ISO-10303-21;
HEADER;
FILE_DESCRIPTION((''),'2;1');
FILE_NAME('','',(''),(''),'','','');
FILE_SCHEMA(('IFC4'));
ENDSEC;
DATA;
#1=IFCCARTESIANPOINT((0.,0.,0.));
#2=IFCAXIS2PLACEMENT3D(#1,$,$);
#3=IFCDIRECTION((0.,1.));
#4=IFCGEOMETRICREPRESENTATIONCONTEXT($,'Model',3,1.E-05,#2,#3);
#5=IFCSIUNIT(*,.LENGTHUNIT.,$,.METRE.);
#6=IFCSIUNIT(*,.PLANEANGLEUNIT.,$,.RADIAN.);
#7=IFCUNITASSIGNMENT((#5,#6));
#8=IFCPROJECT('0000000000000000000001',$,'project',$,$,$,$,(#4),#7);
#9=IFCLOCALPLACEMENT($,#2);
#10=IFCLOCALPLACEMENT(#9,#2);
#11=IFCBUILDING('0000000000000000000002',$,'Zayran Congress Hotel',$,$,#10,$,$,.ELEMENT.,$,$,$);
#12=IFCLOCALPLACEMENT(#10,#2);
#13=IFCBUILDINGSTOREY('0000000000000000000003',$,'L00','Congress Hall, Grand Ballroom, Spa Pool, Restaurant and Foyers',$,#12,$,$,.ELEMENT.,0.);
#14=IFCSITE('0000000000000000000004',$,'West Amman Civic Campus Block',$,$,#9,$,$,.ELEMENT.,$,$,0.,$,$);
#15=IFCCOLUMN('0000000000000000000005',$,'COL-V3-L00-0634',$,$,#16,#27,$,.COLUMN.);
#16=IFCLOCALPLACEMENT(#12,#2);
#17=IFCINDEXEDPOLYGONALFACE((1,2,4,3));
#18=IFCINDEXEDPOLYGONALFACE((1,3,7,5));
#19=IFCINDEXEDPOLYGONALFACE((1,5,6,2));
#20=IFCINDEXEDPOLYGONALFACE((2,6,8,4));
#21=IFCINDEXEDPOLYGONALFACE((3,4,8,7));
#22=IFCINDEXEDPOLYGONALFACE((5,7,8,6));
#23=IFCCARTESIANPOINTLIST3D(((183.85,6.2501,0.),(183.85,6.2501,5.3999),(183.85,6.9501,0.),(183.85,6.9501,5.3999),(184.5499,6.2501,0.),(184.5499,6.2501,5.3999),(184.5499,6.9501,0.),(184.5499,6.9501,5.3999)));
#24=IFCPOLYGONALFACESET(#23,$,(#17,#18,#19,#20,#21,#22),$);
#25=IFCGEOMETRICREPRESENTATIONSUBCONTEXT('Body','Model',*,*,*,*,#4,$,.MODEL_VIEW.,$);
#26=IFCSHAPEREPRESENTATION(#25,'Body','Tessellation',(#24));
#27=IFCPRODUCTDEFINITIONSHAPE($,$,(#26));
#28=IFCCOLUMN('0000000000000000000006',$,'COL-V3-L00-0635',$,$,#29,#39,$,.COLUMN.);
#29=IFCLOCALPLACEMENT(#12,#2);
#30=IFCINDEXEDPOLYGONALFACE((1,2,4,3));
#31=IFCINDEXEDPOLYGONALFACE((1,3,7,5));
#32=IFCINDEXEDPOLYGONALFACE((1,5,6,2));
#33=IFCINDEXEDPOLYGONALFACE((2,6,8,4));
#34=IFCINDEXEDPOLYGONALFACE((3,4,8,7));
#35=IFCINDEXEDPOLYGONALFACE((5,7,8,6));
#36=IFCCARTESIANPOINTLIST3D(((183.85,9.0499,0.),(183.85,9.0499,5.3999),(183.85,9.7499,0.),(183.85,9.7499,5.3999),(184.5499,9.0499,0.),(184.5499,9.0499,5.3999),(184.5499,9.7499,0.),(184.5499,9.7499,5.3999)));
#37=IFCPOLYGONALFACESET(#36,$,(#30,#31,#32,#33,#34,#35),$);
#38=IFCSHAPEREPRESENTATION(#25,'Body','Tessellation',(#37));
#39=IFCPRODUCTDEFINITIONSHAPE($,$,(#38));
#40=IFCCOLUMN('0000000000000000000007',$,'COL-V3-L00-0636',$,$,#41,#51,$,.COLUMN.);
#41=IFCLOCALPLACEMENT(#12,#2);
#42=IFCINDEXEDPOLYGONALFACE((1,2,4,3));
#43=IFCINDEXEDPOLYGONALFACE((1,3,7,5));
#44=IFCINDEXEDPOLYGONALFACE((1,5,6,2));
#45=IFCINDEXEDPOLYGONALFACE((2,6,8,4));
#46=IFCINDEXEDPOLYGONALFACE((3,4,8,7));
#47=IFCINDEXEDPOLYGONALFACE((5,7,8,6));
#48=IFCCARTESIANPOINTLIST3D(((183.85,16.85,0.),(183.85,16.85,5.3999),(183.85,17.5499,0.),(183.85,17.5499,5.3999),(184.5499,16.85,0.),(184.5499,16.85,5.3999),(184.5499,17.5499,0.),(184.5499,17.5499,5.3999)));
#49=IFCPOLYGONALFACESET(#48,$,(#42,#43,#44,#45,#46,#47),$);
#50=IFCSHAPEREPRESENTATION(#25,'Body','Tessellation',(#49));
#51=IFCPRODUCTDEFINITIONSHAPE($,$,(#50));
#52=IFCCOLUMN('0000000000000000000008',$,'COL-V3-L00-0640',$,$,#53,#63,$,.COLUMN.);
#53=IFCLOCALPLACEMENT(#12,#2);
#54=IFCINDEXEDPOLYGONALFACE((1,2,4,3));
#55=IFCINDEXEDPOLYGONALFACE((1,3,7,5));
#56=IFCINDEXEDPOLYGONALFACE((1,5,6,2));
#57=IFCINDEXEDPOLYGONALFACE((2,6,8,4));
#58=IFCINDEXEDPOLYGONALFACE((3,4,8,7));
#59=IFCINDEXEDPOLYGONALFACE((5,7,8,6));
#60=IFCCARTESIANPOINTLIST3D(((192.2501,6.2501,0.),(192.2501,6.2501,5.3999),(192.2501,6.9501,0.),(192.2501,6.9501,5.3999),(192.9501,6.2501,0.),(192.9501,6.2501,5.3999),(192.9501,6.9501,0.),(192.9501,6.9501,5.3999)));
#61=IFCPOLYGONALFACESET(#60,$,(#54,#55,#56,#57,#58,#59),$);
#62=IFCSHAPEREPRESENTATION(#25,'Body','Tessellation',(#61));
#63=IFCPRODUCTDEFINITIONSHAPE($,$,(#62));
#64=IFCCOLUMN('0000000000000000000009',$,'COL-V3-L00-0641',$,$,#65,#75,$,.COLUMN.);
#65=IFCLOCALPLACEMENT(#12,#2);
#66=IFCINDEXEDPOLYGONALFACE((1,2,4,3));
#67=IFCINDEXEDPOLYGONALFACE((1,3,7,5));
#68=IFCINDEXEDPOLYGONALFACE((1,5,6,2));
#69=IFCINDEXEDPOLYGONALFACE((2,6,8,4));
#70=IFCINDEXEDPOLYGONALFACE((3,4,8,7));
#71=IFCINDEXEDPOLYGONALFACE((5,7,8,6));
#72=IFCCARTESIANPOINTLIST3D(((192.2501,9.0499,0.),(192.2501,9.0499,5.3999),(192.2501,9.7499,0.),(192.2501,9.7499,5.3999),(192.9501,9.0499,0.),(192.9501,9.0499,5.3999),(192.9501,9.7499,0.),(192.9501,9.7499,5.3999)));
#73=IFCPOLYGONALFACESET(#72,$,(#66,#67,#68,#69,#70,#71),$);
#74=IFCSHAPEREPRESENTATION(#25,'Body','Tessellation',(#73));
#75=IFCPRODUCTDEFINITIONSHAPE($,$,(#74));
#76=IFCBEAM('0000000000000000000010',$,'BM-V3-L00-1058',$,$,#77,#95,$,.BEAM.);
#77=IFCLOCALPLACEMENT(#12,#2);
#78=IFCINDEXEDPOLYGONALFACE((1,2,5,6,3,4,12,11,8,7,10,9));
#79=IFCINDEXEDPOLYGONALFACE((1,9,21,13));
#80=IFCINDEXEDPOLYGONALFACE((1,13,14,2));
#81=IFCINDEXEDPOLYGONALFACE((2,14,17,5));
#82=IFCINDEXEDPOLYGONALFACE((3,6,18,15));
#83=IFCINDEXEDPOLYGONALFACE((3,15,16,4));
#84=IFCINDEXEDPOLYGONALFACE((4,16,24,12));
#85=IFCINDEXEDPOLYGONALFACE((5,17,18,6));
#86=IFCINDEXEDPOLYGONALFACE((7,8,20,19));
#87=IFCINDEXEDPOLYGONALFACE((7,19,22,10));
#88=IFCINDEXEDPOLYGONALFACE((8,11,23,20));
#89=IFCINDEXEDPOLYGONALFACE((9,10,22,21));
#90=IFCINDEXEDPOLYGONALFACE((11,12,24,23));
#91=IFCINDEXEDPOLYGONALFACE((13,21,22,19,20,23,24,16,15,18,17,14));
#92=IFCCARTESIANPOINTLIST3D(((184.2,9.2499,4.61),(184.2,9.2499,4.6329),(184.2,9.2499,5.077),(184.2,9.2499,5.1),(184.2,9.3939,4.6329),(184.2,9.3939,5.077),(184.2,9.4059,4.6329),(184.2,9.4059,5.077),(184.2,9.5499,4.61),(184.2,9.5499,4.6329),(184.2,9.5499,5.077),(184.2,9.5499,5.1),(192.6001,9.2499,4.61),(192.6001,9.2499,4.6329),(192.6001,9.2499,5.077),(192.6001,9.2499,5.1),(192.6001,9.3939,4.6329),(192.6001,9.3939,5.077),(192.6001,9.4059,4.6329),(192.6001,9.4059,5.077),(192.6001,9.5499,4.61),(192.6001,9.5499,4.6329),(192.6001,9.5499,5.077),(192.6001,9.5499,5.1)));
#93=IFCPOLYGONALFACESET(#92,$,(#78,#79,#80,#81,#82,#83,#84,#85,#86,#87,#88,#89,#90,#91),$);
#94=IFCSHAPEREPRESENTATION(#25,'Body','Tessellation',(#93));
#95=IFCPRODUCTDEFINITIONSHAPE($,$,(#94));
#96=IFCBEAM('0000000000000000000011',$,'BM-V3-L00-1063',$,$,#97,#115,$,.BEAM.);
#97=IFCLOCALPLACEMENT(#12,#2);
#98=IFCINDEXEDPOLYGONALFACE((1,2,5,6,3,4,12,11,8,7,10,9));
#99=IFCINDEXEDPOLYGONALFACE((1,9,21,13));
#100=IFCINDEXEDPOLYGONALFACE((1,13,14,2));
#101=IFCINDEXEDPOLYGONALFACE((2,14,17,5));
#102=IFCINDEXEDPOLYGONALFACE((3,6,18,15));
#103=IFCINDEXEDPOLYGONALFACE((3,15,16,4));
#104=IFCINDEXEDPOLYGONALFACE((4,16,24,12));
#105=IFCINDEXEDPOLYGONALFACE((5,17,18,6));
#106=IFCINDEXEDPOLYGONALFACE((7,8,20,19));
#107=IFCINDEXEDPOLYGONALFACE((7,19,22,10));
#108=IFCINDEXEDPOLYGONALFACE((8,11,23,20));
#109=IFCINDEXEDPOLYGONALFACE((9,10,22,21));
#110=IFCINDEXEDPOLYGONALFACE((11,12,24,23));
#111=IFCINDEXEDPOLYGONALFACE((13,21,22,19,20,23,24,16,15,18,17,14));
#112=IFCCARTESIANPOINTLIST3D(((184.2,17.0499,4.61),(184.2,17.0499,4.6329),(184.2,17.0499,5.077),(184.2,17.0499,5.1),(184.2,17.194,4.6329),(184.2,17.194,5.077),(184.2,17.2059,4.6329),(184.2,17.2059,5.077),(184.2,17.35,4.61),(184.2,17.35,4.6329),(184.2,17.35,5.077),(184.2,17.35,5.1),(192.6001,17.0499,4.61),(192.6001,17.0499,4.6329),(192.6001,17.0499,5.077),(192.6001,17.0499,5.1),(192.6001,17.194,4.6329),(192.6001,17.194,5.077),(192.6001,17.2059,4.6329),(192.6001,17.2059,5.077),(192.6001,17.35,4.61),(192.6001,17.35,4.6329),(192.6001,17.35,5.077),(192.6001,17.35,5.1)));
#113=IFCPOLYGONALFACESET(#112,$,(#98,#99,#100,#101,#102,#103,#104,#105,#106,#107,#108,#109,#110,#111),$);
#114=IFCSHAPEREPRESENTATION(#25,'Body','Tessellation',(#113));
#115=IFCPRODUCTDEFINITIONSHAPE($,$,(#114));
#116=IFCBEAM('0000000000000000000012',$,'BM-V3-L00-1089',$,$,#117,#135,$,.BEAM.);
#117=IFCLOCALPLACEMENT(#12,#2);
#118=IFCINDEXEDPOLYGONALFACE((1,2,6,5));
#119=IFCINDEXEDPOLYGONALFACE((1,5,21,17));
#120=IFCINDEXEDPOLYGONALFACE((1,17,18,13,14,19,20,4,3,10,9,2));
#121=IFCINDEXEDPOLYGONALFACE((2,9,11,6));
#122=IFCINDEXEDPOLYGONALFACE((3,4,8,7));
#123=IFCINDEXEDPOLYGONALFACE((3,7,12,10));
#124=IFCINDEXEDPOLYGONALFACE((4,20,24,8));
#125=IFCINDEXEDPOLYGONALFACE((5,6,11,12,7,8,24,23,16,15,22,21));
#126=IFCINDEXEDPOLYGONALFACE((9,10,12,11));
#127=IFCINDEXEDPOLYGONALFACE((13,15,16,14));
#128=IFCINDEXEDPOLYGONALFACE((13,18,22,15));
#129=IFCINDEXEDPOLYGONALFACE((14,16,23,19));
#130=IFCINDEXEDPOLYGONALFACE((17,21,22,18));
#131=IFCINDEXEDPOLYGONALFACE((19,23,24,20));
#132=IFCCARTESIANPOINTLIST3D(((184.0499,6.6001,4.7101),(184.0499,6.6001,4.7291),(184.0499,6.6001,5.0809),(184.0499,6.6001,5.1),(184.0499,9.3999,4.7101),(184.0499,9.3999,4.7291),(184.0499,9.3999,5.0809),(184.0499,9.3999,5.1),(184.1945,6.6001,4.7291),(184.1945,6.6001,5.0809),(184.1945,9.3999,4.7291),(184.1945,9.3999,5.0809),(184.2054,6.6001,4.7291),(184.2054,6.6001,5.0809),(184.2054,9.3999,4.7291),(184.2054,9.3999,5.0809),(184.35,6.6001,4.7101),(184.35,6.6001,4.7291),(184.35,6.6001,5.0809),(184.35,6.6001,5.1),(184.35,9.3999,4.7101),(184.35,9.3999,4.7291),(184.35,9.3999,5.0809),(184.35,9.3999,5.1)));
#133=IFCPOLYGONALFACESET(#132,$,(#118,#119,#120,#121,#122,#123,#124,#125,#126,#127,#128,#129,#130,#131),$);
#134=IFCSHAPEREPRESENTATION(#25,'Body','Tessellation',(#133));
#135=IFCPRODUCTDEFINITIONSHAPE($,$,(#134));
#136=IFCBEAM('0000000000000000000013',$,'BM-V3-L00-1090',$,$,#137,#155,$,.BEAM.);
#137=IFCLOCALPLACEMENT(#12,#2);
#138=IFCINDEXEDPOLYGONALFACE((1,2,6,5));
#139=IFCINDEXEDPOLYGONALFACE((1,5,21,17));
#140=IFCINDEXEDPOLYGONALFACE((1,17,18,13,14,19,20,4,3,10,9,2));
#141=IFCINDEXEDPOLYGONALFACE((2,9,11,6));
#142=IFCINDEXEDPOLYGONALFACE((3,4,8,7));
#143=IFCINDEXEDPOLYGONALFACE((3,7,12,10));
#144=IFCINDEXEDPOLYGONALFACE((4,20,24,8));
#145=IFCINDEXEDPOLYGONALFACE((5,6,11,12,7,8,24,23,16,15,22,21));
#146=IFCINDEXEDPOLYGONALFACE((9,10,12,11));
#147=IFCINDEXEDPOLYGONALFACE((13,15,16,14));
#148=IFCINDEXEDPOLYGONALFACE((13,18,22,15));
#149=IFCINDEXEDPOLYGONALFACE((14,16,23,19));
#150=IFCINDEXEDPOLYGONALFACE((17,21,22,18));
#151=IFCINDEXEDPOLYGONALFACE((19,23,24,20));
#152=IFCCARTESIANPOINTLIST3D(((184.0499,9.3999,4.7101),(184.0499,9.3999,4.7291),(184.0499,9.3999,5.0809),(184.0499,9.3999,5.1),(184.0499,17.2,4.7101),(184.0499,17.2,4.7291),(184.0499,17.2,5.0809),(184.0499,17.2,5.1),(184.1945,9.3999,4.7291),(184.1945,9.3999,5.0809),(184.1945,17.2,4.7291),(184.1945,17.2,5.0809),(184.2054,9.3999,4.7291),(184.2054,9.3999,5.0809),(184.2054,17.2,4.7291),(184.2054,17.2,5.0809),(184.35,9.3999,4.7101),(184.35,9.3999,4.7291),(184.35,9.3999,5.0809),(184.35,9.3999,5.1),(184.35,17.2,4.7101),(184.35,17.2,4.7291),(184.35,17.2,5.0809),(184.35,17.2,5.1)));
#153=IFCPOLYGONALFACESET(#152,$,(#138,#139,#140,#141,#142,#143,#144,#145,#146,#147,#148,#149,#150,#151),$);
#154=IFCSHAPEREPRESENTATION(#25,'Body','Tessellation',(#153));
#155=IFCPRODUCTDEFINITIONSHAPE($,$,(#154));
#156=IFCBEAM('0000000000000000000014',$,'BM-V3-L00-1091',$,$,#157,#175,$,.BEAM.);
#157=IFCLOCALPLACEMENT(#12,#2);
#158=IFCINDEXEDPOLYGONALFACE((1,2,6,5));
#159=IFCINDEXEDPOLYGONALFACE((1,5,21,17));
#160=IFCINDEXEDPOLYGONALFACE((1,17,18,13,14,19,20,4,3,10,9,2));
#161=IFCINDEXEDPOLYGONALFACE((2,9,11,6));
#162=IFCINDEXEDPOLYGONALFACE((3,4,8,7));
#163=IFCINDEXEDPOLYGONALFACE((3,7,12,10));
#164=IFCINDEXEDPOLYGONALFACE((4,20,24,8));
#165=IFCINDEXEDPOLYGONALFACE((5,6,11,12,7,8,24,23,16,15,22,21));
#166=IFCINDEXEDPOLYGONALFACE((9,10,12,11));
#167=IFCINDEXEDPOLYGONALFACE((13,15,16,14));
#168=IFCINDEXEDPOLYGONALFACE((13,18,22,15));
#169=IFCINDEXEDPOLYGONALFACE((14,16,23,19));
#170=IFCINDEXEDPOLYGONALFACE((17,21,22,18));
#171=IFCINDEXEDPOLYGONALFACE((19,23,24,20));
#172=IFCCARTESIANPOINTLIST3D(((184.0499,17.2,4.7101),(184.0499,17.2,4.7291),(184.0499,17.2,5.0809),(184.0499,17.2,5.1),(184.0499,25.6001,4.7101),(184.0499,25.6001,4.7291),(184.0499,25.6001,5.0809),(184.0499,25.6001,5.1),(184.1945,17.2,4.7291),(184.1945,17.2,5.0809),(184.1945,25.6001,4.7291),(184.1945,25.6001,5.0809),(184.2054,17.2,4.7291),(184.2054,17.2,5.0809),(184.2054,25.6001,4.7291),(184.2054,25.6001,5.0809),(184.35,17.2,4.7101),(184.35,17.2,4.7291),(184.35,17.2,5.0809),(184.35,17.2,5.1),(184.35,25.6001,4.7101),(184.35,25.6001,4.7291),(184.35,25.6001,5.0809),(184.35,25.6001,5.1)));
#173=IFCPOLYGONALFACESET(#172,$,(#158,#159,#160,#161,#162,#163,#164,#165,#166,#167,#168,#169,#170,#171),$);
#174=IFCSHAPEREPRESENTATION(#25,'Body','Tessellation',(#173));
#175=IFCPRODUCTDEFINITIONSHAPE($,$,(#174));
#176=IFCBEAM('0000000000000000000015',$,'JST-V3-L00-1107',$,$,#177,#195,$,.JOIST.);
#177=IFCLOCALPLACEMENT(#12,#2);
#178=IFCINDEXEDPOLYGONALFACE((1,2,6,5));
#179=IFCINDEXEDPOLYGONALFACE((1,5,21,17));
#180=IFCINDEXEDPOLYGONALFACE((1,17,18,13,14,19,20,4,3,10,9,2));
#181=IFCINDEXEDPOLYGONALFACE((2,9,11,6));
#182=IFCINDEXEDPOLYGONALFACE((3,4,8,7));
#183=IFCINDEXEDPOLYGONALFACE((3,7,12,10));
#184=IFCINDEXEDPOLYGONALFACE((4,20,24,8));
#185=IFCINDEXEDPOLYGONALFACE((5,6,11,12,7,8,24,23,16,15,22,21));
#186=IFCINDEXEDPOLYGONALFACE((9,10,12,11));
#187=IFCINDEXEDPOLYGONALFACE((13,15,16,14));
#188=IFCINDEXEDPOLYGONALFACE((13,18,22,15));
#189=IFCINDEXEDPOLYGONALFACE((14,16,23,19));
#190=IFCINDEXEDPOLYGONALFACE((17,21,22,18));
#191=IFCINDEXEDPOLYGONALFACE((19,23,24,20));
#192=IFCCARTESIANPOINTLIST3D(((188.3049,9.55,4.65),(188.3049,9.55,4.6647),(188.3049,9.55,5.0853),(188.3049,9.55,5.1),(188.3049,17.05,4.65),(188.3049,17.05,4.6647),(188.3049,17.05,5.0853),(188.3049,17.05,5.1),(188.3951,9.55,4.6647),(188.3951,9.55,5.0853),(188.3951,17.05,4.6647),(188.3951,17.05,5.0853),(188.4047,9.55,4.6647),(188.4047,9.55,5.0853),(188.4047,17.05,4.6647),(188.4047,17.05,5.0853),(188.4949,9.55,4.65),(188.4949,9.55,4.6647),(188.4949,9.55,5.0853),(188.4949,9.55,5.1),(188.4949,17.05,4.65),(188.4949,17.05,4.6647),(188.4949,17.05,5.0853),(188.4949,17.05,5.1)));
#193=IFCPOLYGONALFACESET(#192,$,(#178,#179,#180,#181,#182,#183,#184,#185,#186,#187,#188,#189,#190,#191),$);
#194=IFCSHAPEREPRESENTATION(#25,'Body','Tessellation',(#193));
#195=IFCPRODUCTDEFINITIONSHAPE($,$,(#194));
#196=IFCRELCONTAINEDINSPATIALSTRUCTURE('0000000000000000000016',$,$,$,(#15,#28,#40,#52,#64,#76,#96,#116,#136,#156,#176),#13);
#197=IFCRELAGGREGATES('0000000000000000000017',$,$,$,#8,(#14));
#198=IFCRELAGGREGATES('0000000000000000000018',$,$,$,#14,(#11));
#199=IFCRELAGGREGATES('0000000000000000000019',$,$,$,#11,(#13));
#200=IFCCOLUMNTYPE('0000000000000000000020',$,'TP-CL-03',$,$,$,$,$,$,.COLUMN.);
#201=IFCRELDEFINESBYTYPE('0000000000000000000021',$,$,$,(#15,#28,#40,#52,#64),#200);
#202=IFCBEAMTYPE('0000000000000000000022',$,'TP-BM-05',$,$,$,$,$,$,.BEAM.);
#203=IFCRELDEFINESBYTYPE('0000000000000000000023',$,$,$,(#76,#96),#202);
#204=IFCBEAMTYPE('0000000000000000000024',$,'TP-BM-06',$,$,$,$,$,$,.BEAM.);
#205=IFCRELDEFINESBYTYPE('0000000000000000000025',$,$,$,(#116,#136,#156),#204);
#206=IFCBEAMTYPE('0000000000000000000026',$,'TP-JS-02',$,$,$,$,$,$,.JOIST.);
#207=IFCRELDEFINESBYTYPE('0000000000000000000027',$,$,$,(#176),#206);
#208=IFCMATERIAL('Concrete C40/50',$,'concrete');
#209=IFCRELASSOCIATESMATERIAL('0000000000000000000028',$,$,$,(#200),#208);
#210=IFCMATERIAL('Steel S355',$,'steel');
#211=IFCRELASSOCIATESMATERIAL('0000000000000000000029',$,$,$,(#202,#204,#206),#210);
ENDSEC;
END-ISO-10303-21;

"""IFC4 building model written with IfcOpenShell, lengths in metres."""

from ifc_helpers import new_model, si_unit, direction, frame, origin, origin_2d, place, context, subcontext, project, spatial, rectangle, i_section, extrude, material, material_profile, profile_set, type_object, element, save


model = new_model("IFC4")

# Units and contexts
model_context = context("Model", 3, precision=1e-05, world=origin(), true_north=direction((0.0, 1.0)))
body_context = subcontext(model_context, "Body", "Model", "MODEL_VIEW")
ifc_project = project(units=[si_unit("LENGTHUNIT", "METRE"), si_unit("PLANEANGLEUNIT", "RADIAN")], contexts=[model_context])

# Site, building, storey
site_placement = place(None, origin())
site = spatial("IfcSite", under=ifc_project, at=site_placement, Name="West Amman Civic Campus Block", CompositionType="ELEMENT", RefElevation=0.0)
building_placement = place(site_placement, origin())
building = spatial("IfcBuilding", under=site, at=building_placement, Name="Zayran Congress Hotel", CompositionType="ELEMENT")
storey_placement = place(building_placement, origin())
storey = spatial("IfcBuildingStorey", under=building, at=storey_placement, Name="L00", Description="Congress Hall, Grand Ballroom, Spa Pool, Restaurant and Foyers", CompositionType="ELEMENT", Elevation=0.0)

# Columns
ifc_material_1 = material(Name="Concrete C40/50", Category="concrete")
ifc_material_profile_1 = material_profile(ifc_material_1, rectangle(XDim=0.7, YDim=0.7, at=origin_2d()), Name="RC 700x700")
ifc_profile_set_1 = profile_set([ifc_material_profile_1], Name="Concrete C40/50")
column_type = type_object("IfcColumnType", Name="TP-CL-03", PredefinedType="COLUMN", material=ifc_profile_set_1)
for number, where, z_axis, x_axis, name in (
    (1, (184.2, 6.6001, 0.0), (0.0, 0.0, 1.0), (1.0, 0.0, 0.0), "COL-V3-L00-0634"),
    (2, (184.2, 9.3999, 0.0), (0.0, 0.0, 1.0), (1.0, 0.0, 0.0), "COL-V3-L00-0635"),
    (3, (184.2, 17.2, 0.0), (0.0, 0.0, 1.0), (1.0, 0.0, 0.0), "COL-V3-L00-0636"),
    (4, (192.6001, 6.6001, 0.0), (0.0, 0.0, 1.0), (1.0, 0.0, 0.0), "COL-V3-L00-0640"),
    (5, (192.6001, 9.3999, 0.0), (0.0, 0.0, 1.0), (1.0, 0.0, 0.0), "COL-V3-L00-0641"),
):
    element("IfcColumn", number, at=place(storey_placement, frame(where, z_axis=z_axis, x_axis=x_axis)), inside=storey, type_object=column_type, Name=name, PredefinedType="COLUMN", context=body_context, shape_type="SweptSolid", body=[
        extrude(rectangle(XDim=0.7, YDim=0.7, at=origin_2d()), origin(), (0.0, 0.0, 1.0), 5.3999),
    ])

# Beams
ifc_material_2 = material(Name="Steel S355", Category="steel")
ifc_material_profile_2 = material_profile(ifc_material_2, i_section(OverallWidth=0.3, OverallDepth=0.49, WebThickness=0.012, FlangeThickness=0.0229, at=origin_2d()), Name="HEA 500")
ifc_profile_set_2 = profile_set([ifc_material_profile_2], Name="Steel S355")
beam_type_1 = type_object("IfcBeamType", Name="TP-BM-05", PredefinedType="BEAM", material=ifc_profile_set_2)
for number, where, z_axis, x_axis, name in (
    (6, (184.2, 9.3999, 4.855), (1.0, 0.0, 0.0), (0.0, 1.0, 0.0), "BM-V3-L00-1058"),
    (7, (184.2, 17.2, 4.855), (1.0, 0.0, 0.0), (0.0, 1.0, 0.0), "BM-V3-L00-1063"),
):
    element("IfcBeam", number, at=place(storey_placement, frame(where, z_axis=z_axis, x_axis=x_axis)), inside=storey, type_object=beam_type_1, Name=name, PredefinedType="BEAM", context=body_context, shape_type="SweptSolid", body=[
        extrude(i_section(OverallWidth=0.3, OverallDepth=0.49, WebThickness=0.012, FlangeThickness=0.0229, at=origin_2d()), origin(), (0.0, 0.0, 1.0), 8.4001),
    ])
ifc_material_profile_3 = material_profile(ifc_material_2, i_section(OverallWidth=0.3, OverallDepth=0.3899, WebThickness=0.011, FlangeThickness=0.019, at=origin_2d()), Name="HEA 400")
ifc_profile_set_3 = profile_set([ifc_material_profile_3], Name="Steel S355")
beam_type_2 = type_object("IfcBeamType", Name="TP-BM-06", PredefinedType="BEAM", material=ifc_profile_set_3)
beam_1_placement = place(storey_placement, frame((184.2, 6.6001, 4.905), z_axis=(0.0, 1.0, 0.0), x_axis=(-1.0, 0.0, 0.0)))
element("IfcBeam", 8, at=beam_1_placement, inside=storey, type_object=beam_type_2, Name="BM-V3-L00-1089", PredefinedType="BEAM", context=body_context, shape_type="SweptSolid", body=[
    extrude(i_section(OverallWidth=0.3, OverallDepth=0.3899, WebThickness=0.011, FlangeThickness=0.019, at=origin_2d()), origin(), (0.0, 0.0, 1.0), 2.7998),
])
beam_2_placement = place(storey_placement, frame((184.2, 9.3999, 4.905), z_axis=(0.0, 1.0, 0.0), x_axis=(-1.0, 0.0, 0.0)))
element("IfcBeam", 9, at=beam_2_placement, inside=storey, type_object=beam_type_2, Name="BM-V3-L00-1090", PredefinedType="BEAM", context=body_context, shape_type="SweptSolid", body=[
    extrude(i_section(OverallWidth=0.3, OverallDepth=0.3899, WebThickness=0.011, FlangeThickness=0.019, at=origin_2d()), origin(), (0.0, 0.0, 1.0), 7.8),
])
beam_3_placement = place(storey_placement, frame((184.2, 17.2, 4.905), z_axis=(0.0, 1.0, 0.0), x_axis=(-1.0, 0.0, 0.0)))
element("IfcBeam", 10, at=beam_3_placement, inside=storey, type_object=beam_type_2, Name="BM-V3-L00-1091", PredefinedType="BEAM", context=body_context, shape_type="SweptSolid", body=[
    extrude(i_section(OverallWidth=0.3, OverallDepth=0.3899, WebThickness=0.011, FlangeThickness=0.019, at=origin_2d()), origin(), (0.0, 0.0, 1.0), 8.4001),
])
ifc_material_profile_4 = material_profile(ifc_material_2, i_section(OverallWidth=0.1899, OverallDepth=0.45, WebThickness=0.0095, FlangeThickness=0.0146, at=origin_2d()), Name="IPE 450")
ifc_profile_set_4 = profile_set([ifc_material_profile_4], Name="Steel S355")
beam_type_3 = type_object("IfcBeamType", Name="TP-JS-02", PredefinedType="JOIST", material=ifc_profile_set_4)
beam_4_placement = place(storey_placement, frame((188.3999, 9.55, 4.875), z_axis=(0.0, 1.0, 0.0), x_axis=(-1.0, 0.0, 0.0)))
element("IfcBeam", 11, at=beam_4_placement, inside=storey, type_object=beam_type_3, Name="JST-V3-L00-1107", PredefinedType="JOIST", context=body_context, shape_type="SweptSolid", body=[
    extrude(i_section(OverallWidth=0.1899, OverallDepth=0.45, WebThickness=0.0095, FlangeThickness=0.0146, at=origin_2d()), origin(), (0.0, 0.0, 1.0), 7.5),
])

save(model, "model.ifc")
